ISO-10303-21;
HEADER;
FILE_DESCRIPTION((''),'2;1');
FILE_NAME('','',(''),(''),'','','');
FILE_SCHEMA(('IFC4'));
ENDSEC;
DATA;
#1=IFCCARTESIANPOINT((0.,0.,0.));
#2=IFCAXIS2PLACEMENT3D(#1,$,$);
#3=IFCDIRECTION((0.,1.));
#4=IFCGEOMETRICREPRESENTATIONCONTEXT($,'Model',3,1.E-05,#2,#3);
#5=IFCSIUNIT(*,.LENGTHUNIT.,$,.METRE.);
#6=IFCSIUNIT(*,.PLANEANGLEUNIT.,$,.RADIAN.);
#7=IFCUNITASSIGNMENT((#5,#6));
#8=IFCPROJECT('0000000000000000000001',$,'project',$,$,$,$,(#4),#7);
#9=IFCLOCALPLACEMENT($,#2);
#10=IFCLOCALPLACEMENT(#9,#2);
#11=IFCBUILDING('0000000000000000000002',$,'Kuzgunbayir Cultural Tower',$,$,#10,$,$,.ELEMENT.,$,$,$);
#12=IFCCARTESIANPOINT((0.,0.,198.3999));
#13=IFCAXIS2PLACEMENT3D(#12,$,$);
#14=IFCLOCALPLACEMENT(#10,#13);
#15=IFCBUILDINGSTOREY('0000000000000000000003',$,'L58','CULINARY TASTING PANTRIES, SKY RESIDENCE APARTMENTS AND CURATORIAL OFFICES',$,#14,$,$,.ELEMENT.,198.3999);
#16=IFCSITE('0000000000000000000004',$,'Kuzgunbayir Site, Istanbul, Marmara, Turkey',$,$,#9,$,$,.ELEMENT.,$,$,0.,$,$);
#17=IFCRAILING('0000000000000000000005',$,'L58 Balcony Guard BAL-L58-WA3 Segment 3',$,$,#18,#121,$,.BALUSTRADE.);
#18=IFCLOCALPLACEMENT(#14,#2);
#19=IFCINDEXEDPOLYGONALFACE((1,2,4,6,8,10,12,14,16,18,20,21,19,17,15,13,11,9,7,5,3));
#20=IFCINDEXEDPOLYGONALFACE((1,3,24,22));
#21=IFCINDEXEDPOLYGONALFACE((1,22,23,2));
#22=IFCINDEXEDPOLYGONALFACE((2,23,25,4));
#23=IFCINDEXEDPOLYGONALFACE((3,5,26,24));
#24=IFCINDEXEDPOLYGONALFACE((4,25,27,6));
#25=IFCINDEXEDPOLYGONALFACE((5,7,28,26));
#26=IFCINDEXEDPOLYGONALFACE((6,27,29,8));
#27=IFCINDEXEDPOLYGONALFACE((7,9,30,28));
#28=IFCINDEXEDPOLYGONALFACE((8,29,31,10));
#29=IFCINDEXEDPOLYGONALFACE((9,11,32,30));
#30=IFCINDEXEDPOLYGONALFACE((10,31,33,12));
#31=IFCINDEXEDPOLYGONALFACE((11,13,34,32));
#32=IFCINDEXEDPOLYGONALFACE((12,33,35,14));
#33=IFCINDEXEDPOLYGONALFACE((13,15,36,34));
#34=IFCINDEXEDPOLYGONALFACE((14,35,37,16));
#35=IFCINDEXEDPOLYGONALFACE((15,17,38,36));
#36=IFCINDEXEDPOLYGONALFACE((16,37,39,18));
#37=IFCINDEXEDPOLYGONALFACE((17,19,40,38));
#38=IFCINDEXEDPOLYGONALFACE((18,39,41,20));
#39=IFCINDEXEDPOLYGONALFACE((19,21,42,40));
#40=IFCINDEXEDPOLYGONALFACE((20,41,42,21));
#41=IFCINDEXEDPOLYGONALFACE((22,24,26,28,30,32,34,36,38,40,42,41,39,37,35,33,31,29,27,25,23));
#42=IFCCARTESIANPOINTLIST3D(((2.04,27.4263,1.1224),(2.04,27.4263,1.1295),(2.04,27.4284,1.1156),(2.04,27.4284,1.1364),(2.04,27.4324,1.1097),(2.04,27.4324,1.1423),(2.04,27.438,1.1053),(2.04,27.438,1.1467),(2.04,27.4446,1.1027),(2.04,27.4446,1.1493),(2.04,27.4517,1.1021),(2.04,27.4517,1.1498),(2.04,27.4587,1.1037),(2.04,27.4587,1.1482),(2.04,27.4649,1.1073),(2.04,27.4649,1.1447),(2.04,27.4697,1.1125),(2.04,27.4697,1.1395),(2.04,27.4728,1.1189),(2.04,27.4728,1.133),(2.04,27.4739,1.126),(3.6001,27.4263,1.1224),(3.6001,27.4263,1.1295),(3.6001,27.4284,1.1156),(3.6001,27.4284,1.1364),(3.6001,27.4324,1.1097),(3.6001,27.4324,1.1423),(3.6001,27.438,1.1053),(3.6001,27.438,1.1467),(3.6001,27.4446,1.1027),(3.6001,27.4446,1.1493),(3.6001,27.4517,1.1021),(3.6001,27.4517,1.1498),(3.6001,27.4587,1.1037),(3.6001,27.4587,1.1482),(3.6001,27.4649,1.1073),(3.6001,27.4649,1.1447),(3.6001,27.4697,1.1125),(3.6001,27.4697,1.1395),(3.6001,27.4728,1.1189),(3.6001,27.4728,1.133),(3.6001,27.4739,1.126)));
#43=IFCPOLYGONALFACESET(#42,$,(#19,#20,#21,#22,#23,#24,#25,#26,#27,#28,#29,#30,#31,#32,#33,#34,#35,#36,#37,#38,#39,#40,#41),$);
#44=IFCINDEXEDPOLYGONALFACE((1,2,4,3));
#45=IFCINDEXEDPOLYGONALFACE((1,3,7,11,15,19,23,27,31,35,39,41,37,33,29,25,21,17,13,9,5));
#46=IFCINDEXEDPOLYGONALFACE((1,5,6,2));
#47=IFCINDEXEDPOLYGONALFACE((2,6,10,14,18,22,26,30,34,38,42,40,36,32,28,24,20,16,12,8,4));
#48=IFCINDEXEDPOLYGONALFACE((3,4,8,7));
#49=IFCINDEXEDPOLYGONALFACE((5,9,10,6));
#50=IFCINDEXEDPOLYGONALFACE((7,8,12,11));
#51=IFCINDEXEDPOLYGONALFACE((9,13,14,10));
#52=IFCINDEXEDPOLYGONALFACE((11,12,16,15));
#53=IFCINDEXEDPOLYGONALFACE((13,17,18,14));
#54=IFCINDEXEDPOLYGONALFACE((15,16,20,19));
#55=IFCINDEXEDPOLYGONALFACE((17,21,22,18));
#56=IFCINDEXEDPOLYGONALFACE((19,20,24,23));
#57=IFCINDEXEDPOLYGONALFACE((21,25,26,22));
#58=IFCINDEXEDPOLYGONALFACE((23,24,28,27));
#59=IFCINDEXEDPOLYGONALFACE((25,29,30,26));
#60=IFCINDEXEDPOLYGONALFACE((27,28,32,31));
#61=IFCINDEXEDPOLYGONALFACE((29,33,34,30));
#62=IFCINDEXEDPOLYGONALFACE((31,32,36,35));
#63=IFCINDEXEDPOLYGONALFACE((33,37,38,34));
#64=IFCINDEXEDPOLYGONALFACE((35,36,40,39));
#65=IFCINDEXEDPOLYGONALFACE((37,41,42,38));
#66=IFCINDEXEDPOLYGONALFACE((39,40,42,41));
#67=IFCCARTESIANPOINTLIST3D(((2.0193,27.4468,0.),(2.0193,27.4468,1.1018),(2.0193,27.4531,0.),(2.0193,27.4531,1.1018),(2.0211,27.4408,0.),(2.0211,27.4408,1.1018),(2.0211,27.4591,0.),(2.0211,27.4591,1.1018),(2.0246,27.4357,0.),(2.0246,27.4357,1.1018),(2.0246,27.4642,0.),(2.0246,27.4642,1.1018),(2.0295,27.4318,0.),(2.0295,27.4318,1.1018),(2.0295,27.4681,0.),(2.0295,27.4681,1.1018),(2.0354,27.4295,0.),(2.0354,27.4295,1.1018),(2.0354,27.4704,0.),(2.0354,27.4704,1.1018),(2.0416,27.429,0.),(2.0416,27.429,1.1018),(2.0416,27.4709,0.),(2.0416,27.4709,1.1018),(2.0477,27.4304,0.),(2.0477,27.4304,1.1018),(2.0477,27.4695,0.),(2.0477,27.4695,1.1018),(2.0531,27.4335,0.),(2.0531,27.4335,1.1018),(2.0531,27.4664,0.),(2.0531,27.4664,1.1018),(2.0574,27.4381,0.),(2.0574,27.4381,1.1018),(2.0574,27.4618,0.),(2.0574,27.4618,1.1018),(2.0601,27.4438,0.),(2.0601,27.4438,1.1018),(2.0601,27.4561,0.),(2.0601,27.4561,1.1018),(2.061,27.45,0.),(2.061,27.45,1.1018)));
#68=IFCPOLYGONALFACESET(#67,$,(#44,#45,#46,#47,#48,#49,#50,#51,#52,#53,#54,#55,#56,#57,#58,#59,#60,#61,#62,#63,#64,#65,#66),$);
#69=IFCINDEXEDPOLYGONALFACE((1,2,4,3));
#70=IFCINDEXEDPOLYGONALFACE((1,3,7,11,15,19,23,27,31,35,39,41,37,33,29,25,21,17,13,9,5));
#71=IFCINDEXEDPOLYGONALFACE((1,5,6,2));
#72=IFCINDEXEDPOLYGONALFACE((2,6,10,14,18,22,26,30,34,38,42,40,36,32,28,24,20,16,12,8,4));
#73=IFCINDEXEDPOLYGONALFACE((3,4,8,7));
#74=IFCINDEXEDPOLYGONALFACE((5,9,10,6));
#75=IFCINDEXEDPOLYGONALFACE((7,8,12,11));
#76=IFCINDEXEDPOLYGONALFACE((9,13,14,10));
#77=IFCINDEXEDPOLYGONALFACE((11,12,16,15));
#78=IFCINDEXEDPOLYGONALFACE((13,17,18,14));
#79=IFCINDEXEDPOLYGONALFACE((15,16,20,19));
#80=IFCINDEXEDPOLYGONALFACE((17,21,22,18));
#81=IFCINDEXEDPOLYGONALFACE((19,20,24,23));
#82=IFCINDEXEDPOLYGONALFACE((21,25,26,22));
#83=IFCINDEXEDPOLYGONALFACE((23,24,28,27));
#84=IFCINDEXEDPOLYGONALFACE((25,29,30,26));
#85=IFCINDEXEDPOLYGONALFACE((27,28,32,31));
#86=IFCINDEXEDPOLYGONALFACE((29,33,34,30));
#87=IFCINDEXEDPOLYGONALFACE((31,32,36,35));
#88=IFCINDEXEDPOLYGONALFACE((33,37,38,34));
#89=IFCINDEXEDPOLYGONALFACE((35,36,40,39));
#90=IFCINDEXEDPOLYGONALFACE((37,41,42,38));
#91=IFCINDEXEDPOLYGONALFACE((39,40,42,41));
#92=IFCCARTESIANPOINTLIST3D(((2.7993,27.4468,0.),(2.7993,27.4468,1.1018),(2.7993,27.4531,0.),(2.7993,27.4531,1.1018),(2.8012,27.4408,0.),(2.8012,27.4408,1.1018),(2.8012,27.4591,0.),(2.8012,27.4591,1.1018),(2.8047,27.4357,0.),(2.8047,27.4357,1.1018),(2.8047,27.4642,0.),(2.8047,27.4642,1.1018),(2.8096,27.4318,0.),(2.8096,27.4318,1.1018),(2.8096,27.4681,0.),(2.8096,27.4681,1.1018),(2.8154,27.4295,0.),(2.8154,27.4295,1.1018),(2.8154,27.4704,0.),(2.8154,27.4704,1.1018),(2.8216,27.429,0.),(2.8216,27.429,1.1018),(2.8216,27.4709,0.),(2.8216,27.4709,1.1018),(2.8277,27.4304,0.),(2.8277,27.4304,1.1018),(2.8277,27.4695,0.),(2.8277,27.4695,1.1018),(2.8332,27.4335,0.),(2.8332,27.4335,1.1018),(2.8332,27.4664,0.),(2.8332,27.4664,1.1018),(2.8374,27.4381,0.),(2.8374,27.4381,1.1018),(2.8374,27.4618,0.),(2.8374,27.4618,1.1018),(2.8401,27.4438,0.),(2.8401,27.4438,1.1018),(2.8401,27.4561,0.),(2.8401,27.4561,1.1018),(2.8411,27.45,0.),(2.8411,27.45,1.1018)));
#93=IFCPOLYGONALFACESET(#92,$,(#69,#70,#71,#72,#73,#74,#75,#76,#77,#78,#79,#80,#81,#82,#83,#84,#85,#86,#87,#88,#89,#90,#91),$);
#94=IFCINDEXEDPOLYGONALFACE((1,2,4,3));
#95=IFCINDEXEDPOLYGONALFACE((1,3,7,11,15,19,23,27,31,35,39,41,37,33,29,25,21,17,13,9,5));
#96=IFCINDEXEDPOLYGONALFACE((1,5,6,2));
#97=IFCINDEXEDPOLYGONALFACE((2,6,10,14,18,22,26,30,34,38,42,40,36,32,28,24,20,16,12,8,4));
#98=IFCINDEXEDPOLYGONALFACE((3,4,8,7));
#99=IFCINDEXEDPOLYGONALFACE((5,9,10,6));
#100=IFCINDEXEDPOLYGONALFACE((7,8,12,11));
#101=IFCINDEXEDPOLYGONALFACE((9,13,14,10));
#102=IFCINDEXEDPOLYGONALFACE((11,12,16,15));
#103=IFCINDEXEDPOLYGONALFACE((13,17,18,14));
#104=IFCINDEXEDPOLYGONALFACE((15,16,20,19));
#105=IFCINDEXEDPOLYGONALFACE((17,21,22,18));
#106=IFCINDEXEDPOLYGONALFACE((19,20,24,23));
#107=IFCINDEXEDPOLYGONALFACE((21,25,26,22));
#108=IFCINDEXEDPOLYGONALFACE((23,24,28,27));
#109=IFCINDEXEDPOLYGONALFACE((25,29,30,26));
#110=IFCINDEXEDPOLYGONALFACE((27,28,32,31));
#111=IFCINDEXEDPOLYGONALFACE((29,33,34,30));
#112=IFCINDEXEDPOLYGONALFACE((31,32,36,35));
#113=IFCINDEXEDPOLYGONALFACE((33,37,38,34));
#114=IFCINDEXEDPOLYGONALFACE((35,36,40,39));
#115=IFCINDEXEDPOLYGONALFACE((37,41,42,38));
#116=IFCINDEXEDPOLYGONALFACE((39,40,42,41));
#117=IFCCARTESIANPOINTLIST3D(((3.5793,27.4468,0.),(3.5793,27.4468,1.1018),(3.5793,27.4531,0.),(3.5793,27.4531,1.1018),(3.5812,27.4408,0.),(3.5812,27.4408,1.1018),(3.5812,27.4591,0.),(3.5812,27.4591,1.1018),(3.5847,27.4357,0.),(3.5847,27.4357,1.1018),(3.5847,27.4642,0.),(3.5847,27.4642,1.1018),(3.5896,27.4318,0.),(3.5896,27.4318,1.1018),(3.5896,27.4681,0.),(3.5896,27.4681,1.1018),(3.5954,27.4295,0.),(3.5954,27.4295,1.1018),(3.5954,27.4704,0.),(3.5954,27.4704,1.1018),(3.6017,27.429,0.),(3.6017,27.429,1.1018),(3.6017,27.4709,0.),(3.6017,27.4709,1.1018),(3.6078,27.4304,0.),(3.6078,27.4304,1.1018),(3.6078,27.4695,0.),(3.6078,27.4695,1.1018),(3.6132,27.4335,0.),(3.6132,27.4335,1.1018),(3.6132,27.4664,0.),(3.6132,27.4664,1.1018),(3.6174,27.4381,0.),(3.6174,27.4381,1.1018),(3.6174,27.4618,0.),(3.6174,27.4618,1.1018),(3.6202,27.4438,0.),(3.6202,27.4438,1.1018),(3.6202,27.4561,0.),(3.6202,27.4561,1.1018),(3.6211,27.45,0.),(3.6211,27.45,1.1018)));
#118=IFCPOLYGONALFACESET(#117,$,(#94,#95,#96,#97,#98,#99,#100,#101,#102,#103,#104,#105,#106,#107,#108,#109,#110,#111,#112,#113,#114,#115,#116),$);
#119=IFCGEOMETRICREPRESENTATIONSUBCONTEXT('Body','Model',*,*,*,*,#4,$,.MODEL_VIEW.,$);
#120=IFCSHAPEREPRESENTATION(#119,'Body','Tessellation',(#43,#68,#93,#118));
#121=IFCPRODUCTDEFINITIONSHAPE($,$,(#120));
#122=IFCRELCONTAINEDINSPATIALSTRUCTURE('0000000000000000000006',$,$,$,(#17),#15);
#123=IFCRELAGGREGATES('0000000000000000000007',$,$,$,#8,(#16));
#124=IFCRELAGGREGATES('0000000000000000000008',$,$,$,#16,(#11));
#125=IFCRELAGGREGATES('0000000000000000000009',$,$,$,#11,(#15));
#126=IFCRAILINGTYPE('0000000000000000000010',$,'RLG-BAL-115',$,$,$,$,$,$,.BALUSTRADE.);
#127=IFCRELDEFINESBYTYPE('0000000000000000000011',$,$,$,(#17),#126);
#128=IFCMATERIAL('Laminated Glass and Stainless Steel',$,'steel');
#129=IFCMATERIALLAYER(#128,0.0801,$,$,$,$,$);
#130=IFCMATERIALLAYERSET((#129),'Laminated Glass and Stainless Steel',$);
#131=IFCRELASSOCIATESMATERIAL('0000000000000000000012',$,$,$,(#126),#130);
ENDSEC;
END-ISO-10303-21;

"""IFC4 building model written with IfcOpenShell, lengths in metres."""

from ifc_helpers import new_model, si_unit, direction, frame, origin, origin_2d, place, context, subcontext, project, spatial, circle, extrude, material, layer, layer_set, type_object, element, save


model = new_model("IFC4")

# Units and contexts
model_context = context("Model", 3, precision=1e-05, world=origin(), true_north=direction((0.0, 1.0)))
body_context = subcontext(model_context, "Body", "Model", "MODEL_VIEW")
ifc_project = project(units=[si_unit("LENGTHUNIT", "METRE"), si_unit("PLANEANGLEUNIT", "RADIAN")], contexts=[model_context])

# Site, building, storey
site_placement = place(None, origin())
site = spatial("IfcSite", under=ifc_project, at=site_placement, Name="Kuzgunbayir Site, Istanbul, Marmara, Turkey", CompositionType="ELEMENT", RefElevation=0.0)
building_placement = place(site_placement, origin())
building = spatial("IfcBuilding", under=site, at=building_placement, Name="Kuzgunbayir Cultural Tower", CompositionType="ELEMENT")
storey_placement = place(building_placement, frame((0.0, 0.0, 198.3999)))
storey = spatial("IfcBuildingStorey", under=building, at=storey_placement, Name="L58", Description="CULINARY TASTING PANTRIES, SKY RESIDENCE APARTMENTS AND CURATORIAL OFFICES", CompositionType="ELEMENT", Elevation=198.3999)

# Railing
ifc_material_1 = material(Name="Laminated Glass and Stainless Steel", Category="steel")
ifc_layer_1 = layer(ifc_material_1, 0.0801)
ifc_layer_set_1 = layer_set([ifc_layer_1], Name="Laminated Glass and Stainless Steel")
railing_type = type_object("IfcRailingType", Name="RLG-BAL-115", PredefinedType="BALUSTRADE", material=ifc_layer_set_1)
railing_1_placement = place(storey_placement, frame((2.04, 27.45, 0.0)))
element("IfcRailing", 1, at=railing_1_placement, inside=storey, type_object=railing_type, Name="L58 Balcony Guard BAL-L58-WA3 Segment 3", PredefinedType="BALUSTRADE", context=body_context, shape_type="SweptSolid", body=[
    extrude(circle(Radius=0.0239, at=origin_2d()), frame((0.0, 0.0, 1.126), z_axis=(1.0, 0.0, 0.0), x_axis=(0.0, 1.0, 0.0)), (0.0, 0.0, 1.0), 1.5601),
    extrude(circle(Radius=0.021, at=origin_2d()), origin(), (0.0, 0.0, 1.0), 1.1018),
    extrude(circle(Radius=0.021, at=origin_2d()), frame((0.78, 0.0, 0.0)), (0.0, 0.0, 1.0), 1.1018),
    extrude(circle(Radius=0.021, at=origin_2d()), frame((1.5601, 0.0, 0.0)), (0.0, 0.0, 1.0), 1.1018),
])

save(model, "model.ifc")
